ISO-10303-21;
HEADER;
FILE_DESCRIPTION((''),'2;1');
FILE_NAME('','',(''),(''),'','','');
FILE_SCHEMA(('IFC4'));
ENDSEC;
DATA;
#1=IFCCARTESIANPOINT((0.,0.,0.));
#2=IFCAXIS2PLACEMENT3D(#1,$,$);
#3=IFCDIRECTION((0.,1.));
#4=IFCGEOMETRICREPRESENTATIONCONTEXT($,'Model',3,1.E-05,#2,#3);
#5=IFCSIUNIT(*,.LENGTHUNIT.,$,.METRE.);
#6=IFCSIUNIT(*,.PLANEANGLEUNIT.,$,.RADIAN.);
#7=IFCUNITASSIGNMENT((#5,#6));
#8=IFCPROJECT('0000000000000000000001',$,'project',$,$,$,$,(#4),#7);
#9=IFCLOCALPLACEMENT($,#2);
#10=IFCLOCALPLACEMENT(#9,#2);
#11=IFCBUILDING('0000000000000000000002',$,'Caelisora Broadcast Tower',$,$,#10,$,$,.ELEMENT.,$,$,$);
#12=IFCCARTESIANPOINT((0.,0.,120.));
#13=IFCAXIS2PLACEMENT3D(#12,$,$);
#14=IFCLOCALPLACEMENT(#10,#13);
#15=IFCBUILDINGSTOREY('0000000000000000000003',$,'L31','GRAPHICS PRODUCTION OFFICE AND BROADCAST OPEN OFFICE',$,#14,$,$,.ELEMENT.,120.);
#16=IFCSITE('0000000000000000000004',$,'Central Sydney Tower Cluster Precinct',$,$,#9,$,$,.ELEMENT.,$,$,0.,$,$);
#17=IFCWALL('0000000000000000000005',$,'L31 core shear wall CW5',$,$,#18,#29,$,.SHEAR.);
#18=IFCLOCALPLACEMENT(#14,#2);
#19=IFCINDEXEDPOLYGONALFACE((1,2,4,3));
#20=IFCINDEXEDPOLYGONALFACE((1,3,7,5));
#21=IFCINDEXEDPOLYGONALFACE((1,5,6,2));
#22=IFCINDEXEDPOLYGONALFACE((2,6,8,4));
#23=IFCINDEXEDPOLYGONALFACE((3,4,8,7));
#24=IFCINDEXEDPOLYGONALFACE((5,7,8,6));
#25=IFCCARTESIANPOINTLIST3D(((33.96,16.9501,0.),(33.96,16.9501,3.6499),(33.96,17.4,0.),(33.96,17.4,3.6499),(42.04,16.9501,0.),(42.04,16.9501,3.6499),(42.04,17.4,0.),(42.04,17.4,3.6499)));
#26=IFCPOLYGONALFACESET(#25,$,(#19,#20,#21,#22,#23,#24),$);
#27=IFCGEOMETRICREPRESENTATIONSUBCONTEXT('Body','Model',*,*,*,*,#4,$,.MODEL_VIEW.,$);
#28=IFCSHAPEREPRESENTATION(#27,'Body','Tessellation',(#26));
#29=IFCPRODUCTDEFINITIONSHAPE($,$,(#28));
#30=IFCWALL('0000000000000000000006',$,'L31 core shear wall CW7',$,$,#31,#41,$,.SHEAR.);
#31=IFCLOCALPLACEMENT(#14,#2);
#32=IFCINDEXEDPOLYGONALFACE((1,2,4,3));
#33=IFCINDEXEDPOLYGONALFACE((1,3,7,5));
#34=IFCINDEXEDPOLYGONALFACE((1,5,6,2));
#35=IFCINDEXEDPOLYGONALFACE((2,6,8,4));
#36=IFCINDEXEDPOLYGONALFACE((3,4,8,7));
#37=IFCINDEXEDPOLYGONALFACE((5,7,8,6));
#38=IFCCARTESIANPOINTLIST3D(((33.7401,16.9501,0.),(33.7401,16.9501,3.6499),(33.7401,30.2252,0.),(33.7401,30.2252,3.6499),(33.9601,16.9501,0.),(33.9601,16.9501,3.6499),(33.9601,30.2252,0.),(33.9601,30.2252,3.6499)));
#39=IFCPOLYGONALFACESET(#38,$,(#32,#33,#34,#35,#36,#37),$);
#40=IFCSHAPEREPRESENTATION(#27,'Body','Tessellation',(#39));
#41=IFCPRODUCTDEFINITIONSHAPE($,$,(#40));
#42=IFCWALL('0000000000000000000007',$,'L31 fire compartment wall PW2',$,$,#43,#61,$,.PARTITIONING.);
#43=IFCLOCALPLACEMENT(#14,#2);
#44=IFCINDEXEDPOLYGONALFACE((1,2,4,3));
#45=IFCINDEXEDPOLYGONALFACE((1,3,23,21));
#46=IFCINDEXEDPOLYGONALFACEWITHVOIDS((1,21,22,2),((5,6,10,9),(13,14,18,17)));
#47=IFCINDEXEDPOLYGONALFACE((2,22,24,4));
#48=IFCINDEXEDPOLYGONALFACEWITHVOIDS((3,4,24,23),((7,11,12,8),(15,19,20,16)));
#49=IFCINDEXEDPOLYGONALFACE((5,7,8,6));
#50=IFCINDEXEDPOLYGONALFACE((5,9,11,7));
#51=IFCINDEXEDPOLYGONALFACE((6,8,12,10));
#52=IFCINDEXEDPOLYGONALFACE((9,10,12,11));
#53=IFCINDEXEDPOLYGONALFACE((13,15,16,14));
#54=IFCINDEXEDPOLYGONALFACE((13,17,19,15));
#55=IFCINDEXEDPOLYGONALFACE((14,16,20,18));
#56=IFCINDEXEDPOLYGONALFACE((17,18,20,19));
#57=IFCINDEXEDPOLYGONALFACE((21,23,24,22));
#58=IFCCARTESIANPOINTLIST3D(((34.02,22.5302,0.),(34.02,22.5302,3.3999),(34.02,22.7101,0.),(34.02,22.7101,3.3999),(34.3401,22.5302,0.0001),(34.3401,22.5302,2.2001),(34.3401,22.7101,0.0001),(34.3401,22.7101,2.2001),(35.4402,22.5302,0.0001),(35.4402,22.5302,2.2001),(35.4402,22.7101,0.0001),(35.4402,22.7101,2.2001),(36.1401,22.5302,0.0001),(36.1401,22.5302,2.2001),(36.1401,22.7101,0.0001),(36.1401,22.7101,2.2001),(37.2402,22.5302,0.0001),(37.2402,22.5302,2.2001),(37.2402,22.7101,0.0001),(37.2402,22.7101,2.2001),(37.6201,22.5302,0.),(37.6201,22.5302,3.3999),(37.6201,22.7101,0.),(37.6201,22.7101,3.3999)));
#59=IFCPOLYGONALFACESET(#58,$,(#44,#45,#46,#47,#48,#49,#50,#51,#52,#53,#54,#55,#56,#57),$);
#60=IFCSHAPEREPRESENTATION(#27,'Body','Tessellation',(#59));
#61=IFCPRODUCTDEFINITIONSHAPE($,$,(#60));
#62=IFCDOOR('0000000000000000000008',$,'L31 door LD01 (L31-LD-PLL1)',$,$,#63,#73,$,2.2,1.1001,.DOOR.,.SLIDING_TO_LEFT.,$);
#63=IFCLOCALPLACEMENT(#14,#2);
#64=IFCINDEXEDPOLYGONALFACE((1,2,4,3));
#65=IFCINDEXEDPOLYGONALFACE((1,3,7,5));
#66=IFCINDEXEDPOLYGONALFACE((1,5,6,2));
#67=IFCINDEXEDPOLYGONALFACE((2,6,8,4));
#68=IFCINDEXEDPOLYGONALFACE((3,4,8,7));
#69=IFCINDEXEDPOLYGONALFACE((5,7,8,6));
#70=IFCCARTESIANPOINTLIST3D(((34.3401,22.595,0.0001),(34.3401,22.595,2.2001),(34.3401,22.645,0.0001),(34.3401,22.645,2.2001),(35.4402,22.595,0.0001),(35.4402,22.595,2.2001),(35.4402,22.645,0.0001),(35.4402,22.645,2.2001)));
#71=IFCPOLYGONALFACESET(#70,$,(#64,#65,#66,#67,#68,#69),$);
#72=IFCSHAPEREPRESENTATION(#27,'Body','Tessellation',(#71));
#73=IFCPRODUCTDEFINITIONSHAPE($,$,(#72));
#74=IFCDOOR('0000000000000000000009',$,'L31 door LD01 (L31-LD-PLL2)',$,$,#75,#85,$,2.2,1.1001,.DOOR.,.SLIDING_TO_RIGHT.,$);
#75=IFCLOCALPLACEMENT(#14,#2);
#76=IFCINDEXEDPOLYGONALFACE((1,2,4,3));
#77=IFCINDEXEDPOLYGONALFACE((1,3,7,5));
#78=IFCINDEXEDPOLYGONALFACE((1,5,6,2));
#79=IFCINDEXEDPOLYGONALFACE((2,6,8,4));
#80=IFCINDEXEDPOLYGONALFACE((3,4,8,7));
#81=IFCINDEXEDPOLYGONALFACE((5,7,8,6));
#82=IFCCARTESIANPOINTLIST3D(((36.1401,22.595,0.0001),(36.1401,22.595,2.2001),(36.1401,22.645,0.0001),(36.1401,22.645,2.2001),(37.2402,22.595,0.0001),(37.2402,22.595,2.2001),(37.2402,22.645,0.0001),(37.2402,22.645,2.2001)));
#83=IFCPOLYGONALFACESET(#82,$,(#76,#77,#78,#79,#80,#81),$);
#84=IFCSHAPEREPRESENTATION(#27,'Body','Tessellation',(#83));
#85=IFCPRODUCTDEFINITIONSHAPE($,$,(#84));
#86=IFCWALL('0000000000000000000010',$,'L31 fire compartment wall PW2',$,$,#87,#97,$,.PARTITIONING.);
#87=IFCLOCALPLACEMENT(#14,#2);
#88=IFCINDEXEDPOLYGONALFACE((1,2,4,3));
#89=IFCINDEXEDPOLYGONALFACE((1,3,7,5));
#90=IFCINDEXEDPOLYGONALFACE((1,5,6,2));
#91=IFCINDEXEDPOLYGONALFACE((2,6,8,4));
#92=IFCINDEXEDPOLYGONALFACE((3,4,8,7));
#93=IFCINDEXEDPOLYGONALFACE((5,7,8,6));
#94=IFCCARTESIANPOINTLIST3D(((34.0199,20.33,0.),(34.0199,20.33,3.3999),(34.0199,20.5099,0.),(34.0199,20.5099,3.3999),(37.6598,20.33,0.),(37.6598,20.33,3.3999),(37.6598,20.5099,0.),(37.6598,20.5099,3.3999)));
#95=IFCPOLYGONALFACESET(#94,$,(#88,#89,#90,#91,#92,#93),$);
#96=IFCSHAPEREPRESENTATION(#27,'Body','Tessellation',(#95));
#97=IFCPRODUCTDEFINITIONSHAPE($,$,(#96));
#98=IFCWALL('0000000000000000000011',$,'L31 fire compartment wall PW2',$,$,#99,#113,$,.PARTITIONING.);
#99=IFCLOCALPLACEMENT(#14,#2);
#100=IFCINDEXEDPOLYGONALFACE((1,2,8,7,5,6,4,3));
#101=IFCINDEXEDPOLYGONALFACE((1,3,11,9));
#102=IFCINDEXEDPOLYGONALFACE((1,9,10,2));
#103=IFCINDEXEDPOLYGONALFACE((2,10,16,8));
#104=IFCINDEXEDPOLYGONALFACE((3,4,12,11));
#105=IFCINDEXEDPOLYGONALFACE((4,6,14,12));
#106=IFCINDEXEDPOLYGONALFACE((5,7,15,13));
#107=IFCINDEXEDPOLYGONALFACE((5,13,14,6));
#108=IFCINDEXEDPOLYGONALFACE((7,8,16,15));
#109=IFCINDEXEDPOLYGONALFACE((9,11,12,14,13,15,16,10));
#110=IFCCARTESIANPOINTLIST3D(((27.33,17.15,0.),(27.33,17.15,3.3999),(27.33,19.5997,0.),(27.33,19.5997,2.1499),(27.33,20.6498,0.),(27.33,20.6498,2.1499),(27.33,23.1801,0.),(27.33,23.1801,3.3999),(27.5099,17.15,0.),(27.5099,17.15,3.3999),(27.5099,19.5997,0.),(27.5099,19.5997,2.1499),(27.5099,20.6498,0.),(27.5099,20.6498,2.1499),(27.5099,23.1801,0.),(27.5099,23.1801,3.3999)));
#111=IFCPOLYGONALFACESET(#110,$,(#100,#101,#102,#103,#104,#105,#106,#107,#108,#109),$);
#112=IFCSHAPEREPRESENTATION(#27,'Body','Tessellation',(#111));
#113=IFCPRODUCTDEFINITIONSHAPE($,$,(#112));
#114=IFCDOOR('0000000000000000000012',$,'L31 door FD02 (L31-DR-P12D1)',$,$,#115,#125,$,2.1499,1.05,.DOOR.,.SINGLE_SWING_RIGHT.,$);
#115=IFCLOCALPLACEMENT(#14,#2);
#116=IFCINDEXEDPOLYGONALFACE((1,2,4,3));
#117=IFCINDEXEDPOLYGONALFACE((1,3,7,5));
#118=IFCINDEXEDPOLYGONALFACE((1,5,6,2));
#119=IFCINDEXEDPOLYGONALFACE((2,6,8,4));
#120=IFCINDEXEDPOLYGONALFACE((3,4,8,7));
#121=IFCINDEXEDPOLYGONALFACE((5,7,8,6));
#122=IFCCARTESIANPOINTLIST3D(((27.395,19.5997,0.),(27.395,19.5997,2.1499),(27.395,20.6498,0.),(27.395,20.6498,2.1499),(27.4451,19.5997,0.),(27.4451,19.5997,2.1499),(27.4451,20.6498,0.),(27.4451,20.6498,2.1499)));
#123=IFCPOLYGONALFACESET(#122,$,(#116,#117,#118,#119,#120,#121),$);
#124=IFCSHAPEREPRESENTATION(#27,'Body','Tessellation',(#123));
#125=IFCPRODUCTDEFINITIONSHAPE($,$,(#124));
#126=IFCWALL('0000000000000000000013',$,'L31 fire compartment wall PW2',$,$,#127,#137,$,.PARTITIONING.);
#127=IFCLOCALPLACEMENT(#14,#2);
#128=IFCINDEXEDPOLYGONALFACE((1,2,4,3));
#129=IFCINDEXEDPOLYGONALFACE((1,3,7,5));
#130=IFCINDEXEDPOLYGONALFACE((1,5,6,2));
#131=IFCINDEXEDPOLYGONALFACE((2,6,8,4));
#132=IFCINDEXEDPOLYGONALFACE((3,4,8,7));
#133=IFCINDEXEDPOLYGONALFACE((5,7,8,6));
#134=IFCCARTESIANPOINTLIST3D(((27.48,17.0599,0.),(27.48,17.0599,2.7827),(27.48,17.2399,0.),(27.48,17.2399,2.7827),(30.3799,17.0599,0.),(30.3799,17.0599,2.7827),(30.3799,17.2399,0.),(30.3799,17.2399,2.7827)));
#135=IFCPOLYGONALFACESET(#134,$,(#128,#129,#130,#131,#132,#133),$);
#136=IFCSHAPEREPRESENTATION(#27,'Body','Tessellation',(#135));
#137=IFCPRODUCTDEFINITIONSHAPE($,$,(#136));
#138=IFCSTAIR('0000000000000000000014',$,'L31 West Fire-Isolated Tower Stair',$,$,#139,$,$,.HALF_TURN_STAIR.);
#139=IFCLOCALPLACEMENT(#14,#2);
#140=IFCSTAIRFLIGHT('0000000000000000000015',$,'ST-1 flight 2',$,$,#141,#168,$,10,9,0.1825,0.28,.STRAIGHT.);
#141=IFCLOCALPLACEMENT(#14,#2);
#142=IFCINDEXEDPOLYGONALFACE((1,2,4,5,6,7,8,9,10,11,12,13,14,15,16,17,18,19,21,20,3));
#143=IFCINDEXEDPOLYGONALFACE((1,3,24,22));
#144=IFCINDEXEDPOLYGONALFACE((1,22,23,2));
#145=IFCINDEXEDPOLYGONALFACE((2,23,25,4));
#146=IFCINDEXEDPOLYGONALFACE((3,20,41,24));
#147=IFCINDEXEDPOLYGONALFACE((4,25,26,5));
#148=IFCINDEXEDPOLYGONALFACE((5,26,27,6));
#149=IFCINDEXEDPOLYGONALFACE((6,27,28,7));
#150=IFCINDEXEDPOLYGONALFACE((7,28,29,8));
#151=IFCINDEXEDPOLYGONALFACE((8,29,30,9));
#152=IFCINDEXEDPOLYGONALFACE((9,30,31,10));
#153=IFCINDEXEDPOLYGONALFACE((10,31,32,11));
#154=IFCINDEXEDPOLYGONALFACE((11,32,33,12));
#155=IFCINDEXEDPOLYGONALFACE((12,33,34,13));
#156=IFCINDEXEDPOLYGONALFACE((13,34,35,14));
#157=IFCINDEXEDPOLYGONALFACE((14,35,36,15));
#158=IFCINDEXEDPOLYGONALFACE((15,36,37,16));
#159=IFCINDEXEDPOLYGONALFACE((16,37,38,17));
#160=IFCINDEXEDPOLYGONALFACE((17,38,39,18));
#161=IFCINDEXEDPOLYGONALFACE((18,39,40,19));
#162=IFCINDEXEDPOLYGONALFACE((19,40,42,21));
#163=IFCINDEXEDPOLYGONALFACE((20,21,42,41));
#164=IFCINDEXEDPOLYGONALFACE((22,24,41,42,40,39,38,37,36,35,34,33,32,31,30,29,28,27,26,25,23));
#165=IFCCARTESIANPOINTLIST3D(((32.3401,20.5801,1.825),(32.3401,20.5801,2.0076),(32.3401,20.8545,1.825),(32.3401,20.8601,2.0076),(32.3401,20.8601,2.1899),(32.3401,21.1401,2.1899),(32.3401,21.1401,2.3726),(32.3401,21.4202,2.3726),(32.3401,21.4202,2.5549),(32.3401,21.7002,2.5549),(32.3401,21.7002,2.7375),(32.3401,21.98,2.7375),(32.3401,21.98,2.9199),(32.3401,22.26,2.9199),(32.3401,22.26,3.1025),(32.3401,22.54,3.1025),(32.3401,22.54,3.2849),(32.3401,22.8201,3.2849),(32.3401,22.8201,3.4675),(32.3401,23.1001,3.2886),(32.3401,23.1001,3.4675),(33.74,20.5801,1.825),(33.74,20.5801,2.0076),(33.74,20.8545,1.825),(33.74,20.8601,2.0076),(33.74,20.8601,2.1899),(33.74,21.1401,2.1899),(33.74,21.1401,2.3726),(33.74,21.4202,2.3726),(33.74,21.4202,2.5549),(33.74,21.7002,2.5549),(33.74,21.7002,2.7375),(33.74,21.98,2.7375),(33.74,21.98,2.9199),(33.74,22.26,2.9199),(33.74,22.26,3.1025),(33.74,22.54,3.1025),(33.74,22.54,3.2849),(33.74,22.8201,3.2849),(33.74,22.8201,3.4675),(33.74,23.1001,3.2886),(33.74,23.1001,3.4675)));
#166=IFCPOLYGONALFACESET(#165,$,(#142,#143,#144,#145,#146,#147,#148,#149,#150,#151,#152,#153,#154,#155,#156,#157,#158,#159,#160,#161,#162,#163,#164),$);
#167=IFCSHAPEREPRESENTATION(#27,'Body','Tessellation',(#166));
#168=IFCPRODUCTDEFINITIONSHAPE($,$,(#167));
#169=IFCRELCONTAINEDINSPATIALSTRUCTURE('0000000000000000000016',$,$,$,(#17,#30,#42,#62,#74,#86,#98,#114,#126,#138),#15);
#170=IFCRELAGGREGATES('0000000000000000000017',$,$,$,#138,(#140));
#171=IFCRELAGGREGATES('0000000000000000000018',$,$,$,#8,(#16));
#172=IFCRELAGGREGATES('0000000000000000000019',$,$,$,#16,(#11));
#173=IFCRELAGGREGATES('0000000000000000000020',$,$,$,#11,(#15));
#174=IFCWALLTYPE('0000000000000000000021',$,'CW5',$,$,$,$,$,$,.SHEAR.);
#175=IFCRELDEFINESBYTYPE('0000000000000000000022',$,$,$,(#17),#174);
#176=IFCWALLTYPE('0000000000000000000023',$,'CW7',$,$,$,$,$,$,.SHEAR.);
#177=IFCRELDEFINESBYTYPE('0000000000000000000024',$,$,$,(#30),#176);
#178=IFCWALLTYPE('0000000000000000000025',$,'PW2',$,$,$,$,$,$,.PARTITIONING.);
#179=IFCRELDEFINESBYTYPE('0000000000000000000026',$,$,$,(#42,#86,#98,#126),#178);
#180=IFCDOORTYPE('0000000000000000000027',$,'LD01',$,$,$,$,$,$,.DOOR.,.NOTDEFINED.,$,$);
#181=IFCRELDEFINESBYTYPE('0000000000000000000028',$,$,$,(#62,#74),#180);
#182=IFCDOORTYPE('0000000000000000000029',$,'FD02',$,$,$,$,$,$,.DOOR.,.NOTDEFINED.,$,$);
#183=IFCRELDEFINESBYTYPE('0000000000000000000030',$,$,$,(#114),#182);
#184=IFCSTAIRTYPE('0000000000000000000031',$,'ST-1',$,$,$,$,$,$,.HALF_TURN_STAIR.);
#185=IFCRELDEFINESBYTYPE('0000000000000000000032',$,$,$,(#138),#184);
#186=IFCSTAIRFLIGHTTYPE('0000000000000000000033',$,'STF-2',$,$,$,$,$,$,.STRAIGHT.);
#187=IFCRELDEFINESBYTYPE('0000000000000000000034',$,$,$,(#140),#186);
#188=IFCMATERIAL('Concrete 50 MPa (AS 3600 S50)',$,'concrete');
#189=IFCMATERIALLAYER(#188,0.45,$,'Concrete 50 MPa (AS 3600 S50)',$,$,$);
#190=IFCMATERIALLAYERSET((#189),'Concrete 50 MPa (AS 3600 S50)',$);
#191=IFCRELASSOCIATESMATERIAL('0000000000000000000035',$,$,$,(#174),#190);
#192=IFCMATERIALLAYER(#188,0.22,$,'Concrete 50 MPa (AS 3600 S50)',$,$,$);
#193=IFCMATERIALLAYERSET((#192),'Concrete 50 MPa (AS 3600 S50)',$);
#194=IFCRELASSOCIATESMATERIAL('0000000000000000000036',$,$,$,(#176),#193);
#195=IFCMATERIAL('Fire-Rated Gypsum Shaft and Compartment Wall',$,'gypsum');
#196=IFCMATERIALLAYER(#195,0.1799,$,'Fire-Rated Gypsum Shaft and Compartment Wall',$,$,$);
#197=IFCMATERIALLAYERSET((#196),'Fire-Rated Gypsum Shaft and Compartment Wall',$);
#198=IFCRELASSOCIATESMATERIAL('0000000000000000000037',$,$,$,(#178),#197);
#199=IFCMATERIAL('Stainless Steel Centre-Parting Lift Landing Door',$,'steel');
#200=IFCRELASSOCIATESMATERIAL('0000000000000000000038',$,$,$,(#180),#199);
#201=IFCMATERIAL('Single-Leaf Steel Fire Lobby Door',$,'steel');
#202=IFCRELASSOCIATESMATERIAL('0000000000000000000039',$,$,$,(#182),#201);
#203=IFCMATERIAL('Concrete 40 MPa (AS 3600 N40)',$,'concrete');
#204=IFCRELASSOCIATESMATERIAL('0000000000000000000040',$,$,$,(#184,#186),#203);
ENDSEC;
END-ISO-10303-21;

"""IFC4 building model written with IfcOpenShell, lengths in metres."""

from ifc_helpers import new_model, si_unit, direction, frame, frame_2d, origin, place, context, subcontext, project, spatial, polyline, rectangle, outline, extrude, material, layer, layer_set, type_object, element, fill, aggregate, save


model = new_model("IFC4")

# Units and contexts
model_context = context("Model", 3, precision=1e-05, world=origin(), true_north=direction((0.0, 1.0)))
body_context = subcontext(model_context, "Body", "Model", "MODEL_VIEW")
ifc_project = project(units=[si_unit("LENGTHUNIT", "METRE"), si_unit("PLANEANGLEUNIT", "RADIAN")], contexts=[model_context])

# Site, building, storey
site_placement = place(None, origin())
site = spatial("IfcSite", under=ifc_project, at=site_placement, Name="Central Sydney Tower Cluster Precinct", CompositionType="ELEMENT", RefElevation=0.0)
building_placement = place(site_placement, origin())
building = spatial("IfcBuilding", under=site, at=building_placement, Name="Caelisora Broadcast Tower", CompositionType="ELEMENT")
storey_placement = place(building_placement, frame((0.0, 0.0, 120.0)))
storey = spatial("IfcBuildingStorey", under=building, at=storey_placement, Name="L31", Description="GRAPHICS PRODUCTION OFFICE AND BROADCAST OPEN OFFICE", CompositionType="ELEMENT", Elevation=120.0)

# Shared definitions
ifc_material_1 = material(Name="Concrete 50 MPa (AS 3600 S50)", Category="concrete")

# Walls
ifc_layer_1 = layer(ifc_material_1, 0.45, Name="Concrete 50 MPa (AS 3600 S50)")
ifc_layer_set_1 = layer_set([ifc_layer_1], Name="Concrete 50 MPa (AS 3600 S50)")
wall_type_1 = type_object("IfcWallType", Name="CW5", PredefinedType="SHEAR", material=ifc_layer_set_1)
wall_1_placement = place(storey_placement, frame((33.96, 17.175, 0.0), z_axis=(0.0, 0.0, 1.0), x_axis=(1.0, 0.0, 0.0)))
element("IfcWall", 1, at=wall_1_placement, inside=storey, type_object=wall_type_1, Name="L31 core shear wall CW5", PredefinedType="SHEAR", context=body_context, shape_type="SweptSolid", body=[
    extrude(rectangle(XDim=8.0801, YDim=0.45, at=frame_2d((4.04, 0.0))), origin(), (0.0, 0.0, 1.0), 3.6499),
])
ifc_layer_2 = layer(ifc_material_1, 0.22, Name="Concrete 50 MPa (AS 3600 S50)")
ifc_layer_set_2 = layer_set([ifc_layer_2], Name="Concrete 50 MPa (AS 3600 S50)")
wall_type_2 = type_object("IfcWallType", Name="CW7", PredefinedType="SHEAR", material=ifc_layer_set_2)
wall_2_placement = place(storey_placement, frame((33.8501, 16.95, 0.0), z_axis=(0.0, 0.0, 1.0), x_axis=(0.0, 1.0, 0.0)))
element("IfcWall", 2, at=wall_2_placement, inside=storey, type_object=wall_type_2, Name="L31 core shear wall CW7", PredefinedType="SHEAR", context=body_context, shape_type="SweptSolid", body=[
    extrude(rectangle(XDim=13.2751, YDim=0.22, at=frame_2d((6.6377, 0.0))), origin(), (0.0, 0.0, 1.0), 3.6499),
])

# Wall, openings, doors
ifc_material_2 = material(Name="Fire-Rated Gypsum Shaft and Compartment Wall", Category="gypsum")
ifc_layer_3 = layer(ifc_material_2, 0.1799, Name="Fire-Rated Gypsum Shaft and Compartment Wall")
ifc_layer_set_3 = layer_set([ifc_layer_3], Name="Fire-Rated Gypsum Shaft and Compartment Wall")
wall_type_3 = type_object("IfcWallType", Name="PW2", PredefinedType="PARTITIONING", material=ifc_layer_set_3)
wall_3_placement = place(storey_placement, frame((34.02, 22.6201, 0.0), z_axis=(0.0, 0.0, 1.0), x_axis=(1.0, 0.0, 0.0)))
wall_3 = element("IfcWall", 3, at=wall_3_placement, inside=storey, type_object=wall_type_3, Name="L31 fire compartment wall PW2", PredefinedType="PARTITIONING", context=body_context, shape_type="SweptSolid", body=[
    extrude(rectangle(XDim=3.6001, YDim=0.1799, at=frame_2d((1.8, 0.0))), origin(), (0.0, 0.0, 1.0), 3.3999),
])
opening_1_placement = place(wall_3_placement, frame((0.3201, 0.0, 0.0)))
opening_1 = element("IfcOpeningElement", 4, at=opening_1_placement, cuts=wall_3, PredefinedType="OPENING", context=body_context, shape_type="SweptSolid", body=[
    extrude(rectangle(XDim=1.1001, YDim=2.2, at=frame_2d((0.55, 1.1001))), frame((0.0, 0.1021, 0.0), z_axis=(0.0, -1.0, 0.0), x_axis=(1.0, 0.0, 0.0)), (0.0, 0.0, 1.0), 0.2039),
])
opening_2_placement = place(wall_3_placement, frame((2.1201, 0.0, 0.0)))
opening_2 = element("IfcOpeningElement", 5, at=opening_2_placement, cuts=wall_3, PredefinedType="OPENING", context=body_context, shape_type="SweptSolid", body=[
    extrude(rectangle(XDim=1.1001, YDim=2.2, at=frame_2d((0.55, 1.1001))), frame((0.0, 0.1021, 0.0), z_axis=(0.0, -1.0, 0.0), x_axis=(1.0, 0.0, 0.0)), (0.0, 0.0, 1.0), 0.2039),
])
ifc_material_3 = material(Name="Stainless Steel Centre-Parting Lift Landing Door", Category="steel")
door_type_1 = type_object("IfcDoorType", Name="LD01", OperationType="NOTDEFINED", PredefinedType="DOOR", material=ifc_material_3)
door_1_placement = place(opening_1_placement, origin())
door_1 = element("IfcDoor", 6, at=door_1_placement, inside=storey, type_object=door_type_1, Name="L31 door LD01 (L31-LD-PLL1)", OperationType="SLIDING_TO_LEFT", OverallHeight=2.2, OverallWidth=1.1001, PredefinedType="DOOR", context=body_context, shape_type="SweptSolid", body=[
    extrude(rectangle(XDim=1.1001, YDim=2.2, at=frame_2d((0.55, 1.1001))), frame((0.0, 0.0249, 0.0), z_axis=(0.0, -1.0, 0.0), x_axis=(1.0, 0.0, 0.0)), (0.0, 0.0, 1.0), 0.05),
])
fill(opening_1, door_1)
door_2_placement = place(opening_2_placement, origin())
door_2 = element("IfcDoor", 7, at=door_2_placement, inside=storey, type_object=door_type_1, Name="L31 door LD01 (L31-LD-PLL2)", OperationType="SLIDING_TO_RIGHT", OverallHeight=2.2, OverallWidth=1.1001, PredefinedType="DOOR", context=body_context, shape_type="SweptSolid", body=[
    extrude(rectangle(XDim=1.1001, YDim=2.2, at=frame_2d((0.55, 1.1001))), frame((0.0, 0.0249, 0.0), z_axis=(0.0, -1.0, 0.0), x_axis=(1.0, 0.0, 0.0)), (0.0, 0.0, 1.0), 0.05),
])
fill(opening_2, door_2)

# Wall
wall_4_placement = place(storey_placement, frame((34.02, 20.4199, 0.0), z_axis=(0.0, 0.0, 1.0), x_axis=(1.0, 0.0, 0.0)))
element("IfcWall", 8, at=wall_4_placement, inside=storey, type_object=wall_type_3, Name="L31 fire compartment wall PW2", PredefinedType="PARTITIONING", context=body_context, shape_type="SweptSolid", body=[
    extrude(rectangle(XDim=3.6399, YDim=0.1799, at=frame_2d((1.8198, 0.0))), origin(), (0.0, 0.0, 1.0), 3.3999),
])

# Wall, opening, door
wall_5_placement = place(storey_placement, frame((27.4199, 17.1499, 0.0), z_axis=(0.0, 0.0, 1.0), x_axis=(0.0, 1.0, 0.0)))
wall_5 = element("IfcWall", 9, at=wall_5_placement, inside=storey, type_object=wall_type_3, Name="L31 fire compartment wall PW2", PredefinedType="PARTITIONING", context=body_context, shape_type="SweptSolid", body=[
    extrude(rectangle(XDim=6.03, YDim=0.1799, at=frame_2d((3.0151, 0.0))), origin(), (0.0, 0.0, 1.0), 3.3999),
])
opening_3_placement = place(wall_5_placement, frame((2.45, 0.0, 0.0)))
opening_3 = element("IfcOpeningElement", 10, at=opening_3_placement, cuts=wall_5, PredefinedType="OPENING", context=body_context, shape_type="SweptSolid", body=[
    extrude(rectangle(XDim=1.05, YDim=2.1499, at=frame_2d((0.5249, 1.075))), frame((0.0, 0.1021, 0.0), z_axis=(0.0, -1.0, 0.0), x_axis=(1.0, 0.0, 0.0)), (0.0, 0.0, 1.0), 0.2039),
])
ifc_material_4 = material(Name="Single-Leaf Steel Fire Lobby Door", Category="steel")
door_type_2 = type_object("IfcDoorType", Name="FD02", OperationType="NOTDEFINED", PredefinedType="DOOR", material=ifc_material_4)
door_3_placement = place(opening_3_placement, origin())
door_3 = element("IfcDoor", 11, at=door_3_placement, inside=storey, type_object=door_type_2, Name="L31 door FD02 (L31-DR-P12D1)", OperationType="SINGLE_SWING_RIGHT", OverallHeight=2.1499, OverallWidth=1.05, PredefinedType="DOOR", context=body_context, shape_type="SweptSolid", body=[
    extrude(rectangle(XDim=1.05, YDim=2.1499, at=frame_2d((0.5249, 1.075))), frame((0.0, 0.0249, 0.0), z_axis=(0.0, -1.0, 0.0), x_axis=(1.0, 0.0, 0.0)), (0.0, 0.0, 1.0), 0.05),
])
fill(opening_3, door_3)

# Wall
wall_6_placement = place(storey_placement, frame((27.48, 17.1499, 0.0), z_axis=(0.0, 0.0, 1.0), x_axis=(1.0, 0.0, 0.0)))
element("IfcWall", 12, at=wall_6_placement, inside=storey, type_object=wall_type_3, Name="L31 fire compartment wall PW2", PredefinedType="PARTITIONING", context=body_context, shape_type="SweptSolid", body=[
    extrude(rectangle(XDim=2.8999, YDim=0.1799, at=frame_2d((1.45, 0.0))), origin(), (0.0, 0.0, 1.0), 2.7827),
])

# Stair, stair flight
ifc_material_5 = material(Name="Concrete 40 MPa (AS 3600 N40)", Category="concrete")
stair_type = type_object("IfcStairType", Name="ST-1", PredefinedType="HALF_TURN_STAIR", material=ifc_material_5)
stair_placement = place(storey_placement, origin())
stair = element("IfcStair", 13, at=stair_placement, inside=storey, type_object=stair_type, Name="L31 West Fire-Isolated Tower Stair", PredefinedType="HALF_TURN_STAIR")
stair_flight_type = type_object("IfcStairFlightType", Name="STF-2", PredefinedType="STRAIGHT", material=ifc_material_5)
stair_flight_placement = place(storey_placement, frame((33.04, 20.5801, 1.825), z_axis=(0.0, 0.0, 1.0), x_axis=(0.0, 1.0, 0.0)))
stair_flight = element("IfcStairFlight", 14, at=stair_flight_placement, type_object=stair_flight_type, Name="ST-1 flight 2", NumberOfRisers=10, NumberOfTreads=9, PredefinedType="STRAIGHT", RiserHeight=0.1825, TreadLength=0.28, context=body_context, shape_type="SweptSolid", body=[
    extrude(outline(polyline([(0.0, 0.0), (0.0, 0.1826), (0.28, 0.1826), (0.28, 0.365), (0.5601, 0.365), (0.5601, 0.5476), (0.8401, 0.5476), (0.8401, 0.73), (1.1201, 0.73), (1.1201, 0.9126), (1.3999, 0.9126), (1.3999, 1.095), (1.6799, 1.095), (1.6799, 1.2776), (1.96, 1.2776), (1.96, 1.46), (2.24, 1.46), (2.24, 1.6426), (2.52, 1.6426), (2.52, 1.825), (2.52, 1.4636), (0.2744, 0.0), (0.0, 0.0)])), frame((0.0, 0.7, 0.0), z_axis=(0.0, -1.0, 0.0), x_axis=(1.0, 0.0, 0.0)), (0.0, 0.0, 1.0), 1.3999),
])
aggregate(stair, [stair_flight])

save(model, "model.ifc")
